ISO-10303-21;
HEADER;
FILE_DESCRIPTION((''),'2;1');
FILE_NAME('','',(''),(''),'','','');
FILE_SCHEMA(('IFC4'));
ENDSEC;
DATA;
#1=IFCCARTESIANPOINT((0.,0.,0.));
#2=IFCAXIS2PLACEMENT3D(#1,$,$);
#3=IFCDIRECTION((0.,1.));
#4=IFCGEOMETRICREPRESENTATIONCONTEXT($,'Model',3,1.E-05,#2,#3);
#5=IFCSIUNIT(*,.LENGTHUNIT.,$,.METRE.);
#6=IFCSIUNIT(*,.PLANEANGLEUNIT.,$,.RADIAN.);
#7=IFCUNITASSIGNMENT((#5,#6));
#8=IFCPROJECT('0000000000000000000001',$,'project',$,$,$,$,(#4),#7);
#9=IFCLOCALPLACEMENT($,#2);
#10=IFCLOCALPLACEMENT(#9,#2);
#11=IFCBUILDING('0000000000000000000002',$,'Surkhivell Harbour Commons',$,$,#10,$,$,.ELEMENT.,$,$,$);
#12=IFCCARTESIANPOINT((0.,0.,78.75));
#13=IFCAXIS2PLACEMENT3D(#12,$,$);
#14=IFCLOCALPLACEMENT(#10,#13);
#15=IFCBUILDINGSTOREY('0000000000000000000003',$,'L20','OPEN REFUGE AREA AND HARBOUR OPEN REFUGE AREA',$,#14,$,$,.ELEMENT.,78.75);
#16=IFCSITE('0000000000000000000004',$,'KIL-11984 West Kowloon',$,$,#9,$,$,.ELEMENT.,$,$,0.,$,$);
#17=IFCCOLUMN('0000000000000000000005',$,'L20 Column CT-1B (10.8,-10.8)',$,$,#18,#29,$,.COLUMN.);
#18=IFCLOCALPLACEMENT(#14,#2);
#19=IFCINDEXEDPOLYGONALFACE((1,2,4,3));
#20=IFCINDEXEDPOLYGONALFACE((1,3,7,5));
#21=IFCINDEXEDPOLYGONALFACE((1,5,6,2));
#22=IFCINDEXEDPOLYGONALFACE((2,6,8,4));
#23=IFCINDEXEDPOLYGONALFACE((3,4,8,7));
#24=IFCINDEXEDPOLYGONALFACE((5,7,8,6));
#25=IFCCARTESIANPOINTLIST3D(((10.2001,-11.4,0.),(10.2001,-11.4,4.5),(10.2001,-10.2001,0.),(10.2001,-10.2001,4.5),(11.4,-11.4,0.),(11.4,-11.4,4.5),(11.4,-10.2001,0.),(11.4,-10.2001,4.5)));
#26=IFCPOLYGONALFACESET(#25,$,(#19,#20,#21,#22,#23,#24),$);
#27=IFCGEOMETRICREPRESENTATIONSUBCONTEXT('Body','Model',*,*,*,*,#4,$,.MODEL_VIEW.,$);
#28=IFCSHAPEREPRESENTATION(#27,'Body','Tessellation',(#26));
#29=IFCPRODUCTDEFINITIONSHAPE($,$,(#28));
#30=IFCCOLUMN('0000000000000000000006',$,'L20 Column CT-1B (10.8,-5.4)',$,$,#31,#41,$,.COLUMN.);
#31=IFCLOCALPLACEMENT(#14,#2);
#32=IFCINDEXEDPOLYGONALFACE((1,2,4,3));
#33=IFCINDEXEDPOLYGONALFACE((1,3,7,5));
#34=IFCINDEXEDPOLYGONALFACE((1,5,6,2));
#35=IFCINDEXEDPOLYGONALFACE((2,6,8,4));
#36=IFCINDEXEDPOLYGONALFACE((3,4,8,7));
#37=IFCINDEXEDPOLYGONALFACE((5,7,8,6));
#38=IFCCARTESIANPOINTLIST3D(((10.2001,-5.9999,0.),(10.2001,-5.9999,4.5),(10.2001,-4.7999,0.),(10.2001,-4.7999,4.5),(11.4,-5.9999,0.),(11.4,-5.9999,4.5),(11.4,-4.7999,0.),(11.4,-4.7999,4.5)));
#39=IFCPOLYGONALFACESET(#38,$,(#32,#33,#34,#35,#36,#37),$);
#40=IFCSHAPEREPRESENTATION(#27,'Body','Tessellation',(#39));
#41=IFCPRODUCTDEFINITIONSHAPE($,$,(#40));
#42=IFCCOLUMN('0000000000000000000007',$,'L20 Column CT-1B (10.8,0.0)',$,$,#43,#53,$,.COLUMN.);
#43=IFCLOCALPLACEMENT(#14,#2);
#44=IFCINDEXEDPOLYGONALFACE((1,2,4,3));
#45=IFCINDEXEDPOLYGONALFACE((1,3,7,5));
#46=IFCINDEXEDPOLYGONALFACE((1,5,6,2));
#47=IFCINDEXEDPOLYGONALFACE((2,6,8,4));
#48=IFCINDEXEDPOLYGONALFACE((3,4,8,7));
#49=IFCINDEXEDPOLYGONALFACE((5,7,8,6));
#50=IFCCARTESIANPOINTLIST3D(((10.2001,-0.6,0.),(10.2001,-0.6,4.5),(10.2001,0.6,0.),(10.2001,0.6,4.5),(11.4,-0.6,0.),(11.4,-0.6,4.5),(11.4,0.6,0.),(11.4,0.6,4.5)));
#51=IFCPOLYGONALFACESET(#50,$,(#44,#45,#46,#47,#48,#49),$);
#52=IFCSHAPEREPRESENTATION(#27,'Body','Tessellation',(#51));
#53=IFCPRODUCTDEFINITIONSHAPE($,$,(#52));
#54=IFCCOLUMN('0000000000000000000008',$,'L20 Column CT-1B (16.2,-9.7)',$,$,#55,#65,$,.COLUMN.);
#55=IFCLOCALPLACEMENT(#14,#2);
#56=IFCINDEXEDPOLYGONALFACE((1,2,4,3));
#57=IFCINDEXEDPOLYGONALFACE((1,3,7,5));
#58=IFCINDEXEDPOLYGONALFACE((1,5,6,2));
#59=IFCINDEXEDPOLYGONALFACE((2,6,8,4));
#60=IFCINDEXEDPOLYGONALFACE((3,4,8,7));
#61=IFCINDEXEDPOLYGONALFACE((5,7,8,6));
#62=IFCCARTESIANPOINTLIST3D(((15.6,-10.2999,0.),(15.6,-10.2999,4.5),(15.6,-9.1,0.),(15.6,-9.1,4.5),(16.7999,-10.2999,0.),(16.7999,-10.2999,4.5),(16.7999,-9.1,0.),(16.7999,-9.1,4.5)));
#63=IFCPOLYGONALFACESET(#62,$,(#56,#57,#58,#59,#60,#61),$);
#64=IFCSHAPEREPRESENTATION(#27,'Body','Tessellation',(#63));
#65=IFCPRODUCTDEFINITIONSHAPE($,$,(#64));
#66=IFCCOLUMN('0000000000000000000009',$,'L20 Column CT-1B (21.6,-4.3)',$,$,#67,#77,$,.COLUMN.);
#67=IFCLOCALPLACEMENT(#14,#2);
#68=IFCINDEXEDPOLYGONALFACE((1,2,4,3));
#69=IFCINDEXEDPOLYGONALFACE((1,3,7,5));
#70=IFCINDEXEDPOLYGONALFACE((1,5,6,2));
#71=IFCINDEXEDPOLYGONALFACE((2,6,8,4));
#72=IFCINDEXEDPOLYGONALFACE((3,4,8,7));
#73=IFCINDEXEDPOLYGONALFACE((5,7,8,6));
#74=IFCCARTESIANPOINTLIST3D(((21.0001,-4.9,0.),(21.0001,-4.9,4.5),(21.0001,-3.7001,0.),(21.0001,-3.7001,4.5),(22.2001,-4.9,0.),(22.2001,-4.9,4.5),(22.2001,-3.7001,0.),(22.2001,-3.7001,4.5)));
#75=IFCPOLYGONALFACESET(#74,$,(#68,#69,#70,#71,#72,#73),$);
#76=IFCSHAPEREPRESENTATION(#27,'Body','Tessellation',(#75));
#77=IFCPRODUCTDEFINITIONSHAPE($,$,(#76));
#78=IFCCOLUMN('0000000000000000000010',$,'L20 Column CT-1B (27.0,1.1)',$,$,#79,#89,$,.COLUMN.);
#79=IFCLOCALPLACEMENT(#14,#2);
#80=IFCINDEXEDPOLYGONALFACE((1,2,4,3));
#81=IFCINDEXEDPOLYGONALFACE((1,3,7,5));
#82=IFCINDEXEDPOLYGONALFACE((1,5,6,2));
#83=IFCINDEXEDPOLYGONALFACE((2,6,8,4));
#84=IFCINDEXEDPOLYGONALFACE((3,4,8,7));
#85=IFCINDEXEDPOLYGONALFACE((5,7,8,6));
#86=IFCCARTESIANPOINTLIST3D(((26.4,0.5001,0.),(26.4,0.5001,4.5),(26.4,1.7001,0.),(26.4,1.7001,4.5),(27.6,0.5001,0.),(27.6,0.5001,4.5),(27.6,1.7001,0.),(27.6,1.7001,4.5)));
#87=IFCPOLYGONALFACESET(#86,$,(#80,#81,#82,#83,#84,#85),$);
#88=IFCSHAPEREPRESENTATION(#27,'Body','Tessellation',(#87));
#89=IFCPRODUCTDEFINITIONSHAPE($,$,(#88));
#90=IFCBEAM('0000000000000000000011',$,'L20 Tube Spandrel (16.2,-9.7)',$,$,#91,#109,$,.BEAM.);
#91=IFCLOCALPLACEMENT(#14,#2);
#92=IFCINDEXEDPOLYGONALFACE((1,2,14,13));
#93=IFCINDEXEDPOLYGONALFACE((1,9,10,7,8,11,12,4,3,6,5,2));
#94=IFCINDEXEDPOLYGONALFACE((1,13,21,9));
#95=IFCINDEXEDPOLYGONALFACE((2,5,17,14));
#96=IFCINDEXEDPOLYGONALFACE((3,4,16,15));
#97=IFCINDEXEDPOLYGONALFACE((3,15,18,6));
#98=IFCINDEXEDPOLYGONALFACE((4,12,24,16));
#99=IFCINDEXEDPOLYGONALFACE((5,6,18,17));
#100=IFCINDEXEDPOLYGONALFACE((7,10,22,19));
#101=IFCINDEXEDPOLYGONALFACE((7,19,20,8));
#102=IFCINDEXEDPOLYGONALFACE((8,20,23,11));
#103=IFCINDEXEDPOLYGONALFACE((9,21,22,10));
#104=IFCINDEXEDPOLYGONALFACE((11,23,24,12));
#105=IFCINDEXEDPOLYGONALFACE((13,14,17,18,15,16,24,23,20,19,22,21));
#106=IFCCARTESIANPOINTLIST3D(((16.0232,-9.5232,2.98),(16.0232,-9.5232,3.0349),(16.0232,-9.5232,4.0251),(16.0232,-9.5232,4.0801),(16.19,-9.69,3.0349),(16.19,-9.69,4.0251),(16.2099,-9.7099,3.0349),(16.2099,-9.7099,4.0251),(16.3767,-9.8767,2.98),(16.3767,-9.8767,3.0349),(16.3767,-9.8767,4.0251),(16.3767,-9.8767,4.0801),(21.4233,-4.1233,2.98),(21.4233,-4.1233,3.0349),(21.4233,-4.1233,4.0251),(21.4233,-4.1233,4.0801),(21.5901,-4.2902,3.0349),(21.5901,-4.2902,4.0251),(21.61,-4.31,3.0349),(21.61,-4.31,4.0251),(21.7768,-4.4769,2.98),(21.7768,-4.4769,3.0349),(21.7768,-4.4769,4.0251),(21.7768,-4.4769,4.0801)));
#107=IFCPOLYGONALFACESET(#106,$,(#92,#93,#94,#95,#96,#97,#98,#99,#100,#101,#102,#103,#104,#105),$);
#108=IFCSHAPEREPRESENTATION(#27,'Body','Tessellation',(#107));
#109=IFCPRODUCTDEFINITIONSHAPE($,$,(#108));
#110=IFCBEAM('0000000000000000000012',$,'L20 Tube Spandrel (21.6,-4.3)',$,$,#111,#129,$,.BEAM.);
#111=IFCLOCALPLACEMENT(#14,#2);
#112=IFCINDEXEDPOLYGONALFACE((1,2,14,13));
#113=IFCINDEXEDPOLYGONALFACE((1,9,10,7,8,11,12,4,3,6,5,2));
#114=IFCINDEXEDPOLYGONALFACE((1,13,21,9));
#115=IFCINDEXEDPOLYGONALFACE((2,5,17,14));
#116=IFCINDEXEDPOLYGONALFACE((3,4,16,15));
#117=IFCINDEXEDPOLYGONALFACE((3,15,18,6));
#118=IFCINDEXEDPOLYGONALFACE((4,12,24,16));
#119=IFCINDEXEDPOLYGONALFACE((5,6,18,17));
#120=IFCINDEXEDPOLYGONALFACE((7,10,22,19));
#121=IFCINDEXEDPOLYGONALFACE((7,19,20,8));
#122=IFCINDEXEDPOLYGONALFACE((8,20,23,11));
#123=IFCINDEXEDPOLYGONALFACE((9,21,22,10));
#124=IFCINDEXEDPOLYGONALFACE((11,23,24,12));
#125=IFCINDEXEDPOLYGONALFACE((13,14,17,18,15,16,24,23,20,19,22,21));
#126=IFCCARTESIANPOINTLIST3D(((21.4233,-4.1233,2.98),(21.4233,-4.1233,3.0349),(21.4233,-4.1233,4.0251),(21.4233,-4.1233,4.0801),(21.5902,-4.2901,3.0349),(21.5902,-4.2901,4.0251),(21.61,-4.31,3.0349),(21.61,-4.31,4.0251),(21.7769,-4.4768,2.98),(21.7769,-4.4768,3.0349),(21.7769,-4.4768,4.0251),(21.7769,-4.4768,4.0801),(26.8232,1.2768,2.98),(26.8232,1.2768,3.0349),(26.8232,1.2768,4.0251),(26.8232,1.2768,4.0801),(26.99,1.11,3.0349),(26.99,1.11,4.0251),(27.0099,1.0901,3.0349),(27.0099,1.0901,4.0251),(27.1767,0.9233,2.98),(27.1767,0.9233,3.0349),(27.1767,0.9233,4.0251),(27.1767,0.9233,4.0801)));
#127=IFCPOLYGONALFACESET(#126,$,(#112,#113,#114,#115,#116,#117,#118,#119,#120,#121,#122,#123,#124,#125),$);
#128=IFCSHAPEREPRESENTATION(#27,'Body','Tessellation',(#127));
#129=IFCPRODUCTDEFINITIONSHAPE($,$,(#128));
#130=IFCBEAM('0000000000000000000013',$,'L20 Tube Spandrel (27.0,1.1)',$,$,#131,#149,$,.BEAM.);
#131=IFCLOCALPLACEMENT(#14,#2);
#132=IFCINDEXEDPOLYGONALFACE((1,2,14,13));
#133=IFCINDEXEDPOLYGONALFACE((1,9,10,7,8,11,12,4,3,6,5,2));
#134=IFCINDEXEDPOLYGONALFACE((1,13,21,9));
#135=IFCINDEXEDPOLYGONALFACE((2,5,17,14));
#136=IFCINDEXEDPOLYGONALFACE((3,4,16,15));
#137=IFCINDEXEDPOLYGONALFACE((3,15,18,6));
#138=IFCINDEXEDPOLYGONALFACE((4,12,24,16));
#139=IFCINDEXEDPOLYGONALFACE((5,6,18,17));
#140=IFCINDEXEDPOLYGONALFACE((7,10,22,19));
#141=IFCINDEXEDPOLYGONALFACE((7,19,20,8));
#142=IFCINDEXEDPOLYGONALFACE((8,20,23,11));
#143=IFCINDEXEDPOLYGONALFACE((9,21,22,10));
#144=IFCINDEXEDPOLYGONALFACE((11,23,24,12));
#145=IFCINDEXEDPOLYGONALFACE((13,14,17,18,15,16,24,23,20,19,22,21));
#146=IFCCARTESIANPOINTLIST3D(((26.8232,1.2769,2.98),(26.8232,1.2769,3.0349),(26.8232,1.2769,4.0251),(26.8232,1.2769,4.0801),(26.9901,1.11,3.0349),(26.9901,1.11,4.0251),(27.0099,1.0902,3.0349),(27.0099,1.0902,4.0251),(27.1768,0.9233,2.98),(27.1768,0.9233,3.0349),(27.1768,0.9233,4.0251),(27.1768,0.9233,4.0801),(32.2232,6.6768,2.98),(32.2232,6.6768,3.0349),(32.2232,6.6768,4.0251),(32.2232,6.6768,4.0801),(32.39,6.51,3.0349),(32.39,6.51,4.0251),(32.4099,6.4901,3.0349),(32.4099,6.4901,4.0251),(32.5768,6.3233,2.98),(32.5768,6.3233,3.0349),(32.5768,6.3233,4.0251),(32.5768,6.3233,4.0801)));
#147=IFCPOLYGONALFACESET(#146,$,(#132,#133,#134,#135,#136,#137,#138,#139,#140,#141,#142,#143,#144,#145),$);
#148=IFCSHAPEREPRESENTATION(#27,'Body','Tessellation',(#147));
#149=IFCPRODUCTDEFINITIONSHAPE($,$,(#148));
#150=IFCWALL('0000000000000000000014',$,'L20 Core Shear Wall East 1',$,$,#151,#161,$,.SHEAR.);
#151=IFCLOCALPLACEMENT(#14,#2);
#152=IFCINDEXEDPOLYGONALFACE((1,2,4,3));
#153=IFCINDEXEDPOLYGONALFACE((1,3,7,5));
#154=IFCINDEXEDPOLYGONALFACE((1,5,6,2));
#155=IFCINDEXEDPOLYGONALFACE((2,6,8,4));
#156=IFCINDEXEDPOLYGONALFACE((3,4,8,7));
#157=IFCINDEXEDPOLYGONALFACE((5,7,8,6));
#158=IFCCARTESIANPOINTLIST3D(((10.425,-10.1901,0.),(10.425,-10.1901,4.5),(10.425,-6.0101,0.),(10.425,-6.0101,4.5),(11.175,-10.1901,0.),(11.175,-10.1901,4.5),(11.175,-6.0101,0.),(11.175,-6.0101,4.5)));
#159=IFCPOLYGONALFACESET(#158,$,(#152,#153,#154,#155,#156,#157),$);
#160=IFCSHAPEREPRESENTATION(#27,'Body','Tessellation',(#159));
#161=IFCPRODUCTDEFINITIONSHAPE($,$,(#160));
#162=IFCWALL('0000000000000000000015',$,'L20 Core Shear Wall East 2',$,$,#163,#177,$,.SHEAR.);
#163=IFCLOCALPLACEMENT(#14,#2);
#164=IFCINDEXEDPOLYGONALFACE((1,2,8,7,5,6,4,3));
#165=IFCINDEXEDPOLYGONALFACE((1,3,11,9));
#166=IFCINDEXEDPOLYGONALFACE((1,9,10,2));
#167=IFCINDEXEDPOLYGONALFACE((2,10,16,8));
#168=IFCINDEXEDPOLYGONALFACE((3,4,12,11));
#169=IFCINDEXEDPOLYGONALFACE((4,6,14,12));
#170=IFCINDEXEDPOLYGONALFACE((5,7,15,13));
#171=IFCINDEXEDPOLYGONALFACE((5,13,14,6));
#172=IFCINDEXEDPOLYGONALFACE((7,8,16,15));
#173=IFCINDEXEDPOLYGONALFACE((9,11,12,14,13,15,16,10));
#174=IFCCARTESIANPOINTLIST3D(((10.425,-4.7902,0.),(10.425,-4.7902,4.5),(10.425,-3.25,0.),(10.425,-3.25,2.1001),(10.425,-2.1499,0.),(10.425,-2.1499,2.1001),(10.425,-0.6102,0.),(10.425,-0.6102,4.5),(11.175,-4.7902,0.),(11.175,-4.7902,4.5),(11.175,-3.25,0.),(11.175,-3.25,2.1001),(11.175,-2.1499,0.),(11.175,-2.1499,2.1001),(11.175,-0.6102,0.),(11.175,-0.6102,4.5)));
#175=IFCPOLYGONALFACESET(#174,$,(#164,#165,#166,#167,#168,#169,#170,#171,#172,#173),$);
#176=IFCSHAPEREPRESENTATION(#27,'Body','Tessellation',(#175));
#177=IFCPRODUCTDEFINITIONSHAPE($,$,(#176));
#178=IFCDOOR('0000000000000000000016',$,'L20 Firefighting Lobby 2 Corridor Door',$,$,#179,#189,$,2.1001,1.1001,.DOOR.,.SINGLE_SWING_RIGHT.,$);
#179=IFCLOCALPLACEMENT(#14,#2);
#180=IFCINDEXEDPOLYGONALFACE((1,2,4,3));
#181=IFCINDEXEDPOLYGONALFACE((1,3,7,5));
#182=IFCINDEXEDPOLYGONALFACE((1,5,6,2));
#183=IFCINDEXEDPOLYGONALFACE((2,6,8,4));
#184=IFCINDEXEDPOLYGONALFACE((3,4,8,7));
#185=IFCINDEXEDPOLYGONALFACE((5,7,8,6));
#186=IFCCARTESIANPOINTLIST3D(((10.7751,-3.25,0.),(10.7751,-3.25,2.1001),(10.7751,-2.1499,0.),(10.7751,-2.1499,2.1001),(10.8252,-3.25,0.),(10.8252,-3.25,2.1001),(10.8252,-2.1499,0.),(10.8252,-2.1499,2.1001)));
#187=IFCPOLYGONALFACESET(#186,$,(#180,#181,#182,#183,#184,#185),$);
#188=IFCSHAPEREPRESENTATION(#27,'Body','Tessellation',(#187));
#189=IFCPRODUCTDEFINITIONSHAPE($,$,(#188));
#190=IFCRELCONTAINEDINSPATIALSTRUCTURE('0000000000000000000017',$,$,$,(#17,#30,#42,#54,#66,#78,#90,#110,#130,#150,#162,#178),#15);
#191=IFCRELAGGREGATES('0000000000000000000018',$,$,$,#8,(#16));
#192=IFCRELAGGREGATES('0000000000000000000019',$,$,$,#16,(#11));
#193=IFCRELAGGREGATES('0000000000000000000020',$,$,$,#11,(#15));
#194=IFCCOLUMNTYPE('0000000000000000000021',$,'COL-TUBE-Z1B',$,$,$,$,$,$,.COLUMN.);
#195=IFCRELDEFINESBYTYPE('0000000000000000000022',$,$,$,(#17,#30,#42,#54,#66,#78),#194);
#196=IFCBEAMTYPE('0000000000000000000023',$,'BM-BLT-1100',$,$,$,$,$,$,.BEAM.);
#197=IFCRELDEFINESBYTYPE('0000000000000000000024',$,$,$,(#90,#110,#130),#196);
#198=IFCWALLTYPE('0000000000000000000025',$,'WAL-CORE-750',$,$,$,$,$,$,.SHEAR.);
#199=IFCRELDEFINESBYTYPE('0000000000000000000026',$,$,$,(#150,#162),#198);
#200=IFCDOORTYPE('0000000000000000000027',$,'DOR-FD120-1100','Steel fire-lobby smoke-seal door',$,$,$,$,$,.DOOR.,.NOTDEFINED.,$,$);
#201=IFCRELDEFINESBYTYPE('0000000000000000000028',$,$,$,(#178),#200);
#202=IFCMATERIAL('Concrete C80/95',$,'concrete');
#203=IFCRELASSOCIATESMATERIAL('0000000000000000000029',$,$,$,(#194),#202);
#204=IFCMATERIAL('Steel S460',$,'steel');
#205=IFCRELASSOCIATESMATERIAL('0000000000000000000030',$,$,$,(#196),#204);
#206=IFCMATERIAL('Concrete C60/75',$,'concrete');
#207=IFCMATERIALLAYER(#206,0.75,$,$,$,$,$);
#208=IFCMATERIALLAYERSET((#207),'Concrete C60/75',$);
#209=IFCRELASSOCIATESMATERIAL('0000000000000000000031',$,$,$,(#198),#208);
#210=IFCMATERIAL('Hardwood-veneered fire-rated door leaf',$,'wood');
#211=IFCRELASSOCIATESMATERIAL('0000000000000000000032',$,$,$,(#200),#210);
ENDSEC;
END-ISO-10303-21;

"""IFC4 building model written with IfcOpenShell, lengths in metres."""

from ifc_helpers import new_model, si_unit, direction, frame, frame_2d, origin, origin_2d, place, context, subcontext, project, spatial, rectangle, i_section, extrude, material, layer, layer_set, material_profile, profile_set, type_object, element, fill, save


model = new_model("IFC4")

# Units and contexts
model_context = context("Model", 3, precision=1e-05, world=origin(), true_north=direction((0.0, 1.0)))
body_context = subcontext(model_context, "Body", "Model", "MODEL_VIEW")
ifc_project = project(units=[si_unit("LENGTHUNIT", "METRE"), si_unit("PLANEANGLEUNIT", "RADIAN")], contexts=[model_context])

# Site, building, storey
site_placement = place(None, origin())
site = spatial("IfcSite", under=ifc_project, at=site_placement, Name="KIL-11984 West Kowloon", CompositionType="ELEMENT", RefElevation=0.0)
building_placement = place(site_placement, origin())
building = spatial("IfcBuilding", under=site, at=building_placement, Name="Surkhivell Harbour Commons", CompositionType="ELEMENT")
storey_placement = place(building_placement, frame((0.0, 0.0, 78.75)))
storey = spatial("IfcBuildingStorey", under=building, at=storey_placement, Name="L20", Description="OPEN REFUGE AREA AND HARBOUR OPEN REFUGE AREA", CompositionType="ELEMENT", Elevation=78.75)

# Columns
ifc_material_1 = material(Name="Concrete C80/95", Category="concrete")
ifc_material_profile_1 = material_profile(ifc_material_1, rectangle(XDim=1.2, YDim=1.2, at=origin_2d()), Name="RC-COL-1200x1200")
ifc_profile_set_1 = profile_set([ifc_material_profile_1], Name="Concrete C80/95")
column_type = type_object("IfcColumnType", Name="COL-TUBE-Z1B", PredefinedType="COLUMN", material=ifc_profile_set_1)
for number, where, z_axis, x_axis, name in (
    (1, (10.8, -10.8, 0.0), (0.0, 0.0, 1.0), (1.0, 0.0, 0.0), "L20 Column CT-1B (10.8,-10.8)"),
    (2, (10.8, -5.3999, 0.0), (0.0, 0.0, 1.0), (1.0, 0.0, 0.0), "L20 Column CT-1B (10.8,-5.4)"),
    (3, (10.8, 0.0, 0.0), (0.0, 0.0, 1.0), (1.0, 0.0, 0.0), "L20 Column CT-1B (10.8,0.0)"),
    (4, (16.2, -9.7, 0.0), (0.0, 0.0, 1.0), (1.0, 0.0, 0.0), "L20 Column CT-1B (16.2,-9.7)"),
    (5, (21.6001, -4.3, 0.0), (0.0, 0.0, 1.0), (1.0, 0.0, 0.0), "L20 Column CT-1B (21.6,-4.3)"),
    (6, (27.0, 1.1001, 0.0), (0.0, 0.0, 1.0), (1.0, 0.0, 0.0), "L20 Column CT-1B (27.0,1.1)"),
):
    element("IfcColumn", number, at=place(storey_placement, frame(where, z_axis=z_axis, x_axis=x_axis)), inside=storey, type_object=column_type, Name=name, PredefinedType="COLUMN", context=body_context, shape_type="SweptSolid", body=[
        extrude(rectangle(XDim=1.2, YDim=1.2, at=origin_2d()), origin(), (0.0, 0.0, 1.0), 4.5),
    ])

# Beams
ifc_material_2 = material(Name="Steel S460", Category="steel")
ifc_material_profile_2 = material_profile(ifc_material_2, i_section(OverallWidth=0.5, OverallDepth=1.1001, WebThickness=0.0281, FlangeThickness=0.0549, at=origin_2d()), Name="WPG1100x500x210")
ifc_profile_set_2 = profile_set([ifc_material_profile_2], Name="Steel S460")
beam_type = type_object("IfcBeamType", Name="BM-BLT-1100", PredefinedType="BEAM", material=ifc_profile_set_2)
for number, where, z_axis, x_axis, name in (
    (7, (16.2, -9.7, 3.53), (0.707123, 0.707091, 0.0), (-0.707091, 0.707123, 0.0), "L20 Tube Spandrel (16.2,-9.7)"),
    (8, (21.6001, -4.3, 3.53), (0.707091, 0.707123, 0.0), (-0.707123, 0.707091, 0.0), "L20 Tube Spandrel (21.6,-4.3)"),
    (9, (27.0, 1.1001, 3.53), (0.707107, 0.707107, 0.0), (-0.707107, 0.707107, 0.0), "L20 Tube Spandrel (27.0,1.1)"),
):
    element("IfcBeam", number, at=place(storey_placement, frame(where, z_axis=z_axis, x_axis=x_axis)), inside=storey, type_object=beam_type, Name=name, PredefinedType="BEAM", context=body_context, shape_type="SweptSolid", body=[
        extrude(i_section(OverallWidth=0.5, OverallDepth=1.1001, WebThickness=0.0281, FlangeThickness=0.0549, at=origin_2d()), origin(), (0.0, 0.0, 1.0), 7.6367),
    ])

# Wall
ifc_material_3 = material(Name="Concrete C60/75", Category="concrete")
ifc_layer_1 = layer(ifc_material_3, 0.75)
ifc_layer_set_1 = layer_set([ifc_layer_1], Name="Concrete C60/75")
wall_type_1 = type_object("IfcWallType", Name="WAL-CORE-750", PredefinedType="SHEAR", material=ifc_layer_set_1)
wall_1_placement = place(storey_placement, frame((10.8, -10.1899, 0.0), z_axis=(0.0, 0.0, 1.0), x_axis=(0.0, 1.0, 0.0)))
element("IfcWall", 10, at=wall_1_placement, inside=storey, type_object=wall_type_1, Name="L20 Core Shear Wall East 1", PredefinedType="SHEAR", context=body_context, shape_type="SweptSolid", body=[
    extrude(rectangle(XDim=4.1799, YDim=0.75, at=frame_2d((2.0898, 0.0))), origin(), (0.0, 0.0, 1.0), 4.5),
])

# Wall, opening, door
wall_2_placement = place(storey_placement, frame((10.8, -4.79, 0.0), z_axis=(0.0, 0.0, 1.0), x_axis=(0.0, 1.0, 0.0)))
wall_2 = element("IfcWall", 11, at=wall_2_placement, inside=storey, type_object=wall_type_1, Name="L20 Core Shear Wall East 2", PredefinedType="SHEAR", context=body_context, shape_type="SweptSolid", body=[
    extrude(rectangle(XDim=4.1799, YDim=0.75, at=frame_2d((2.0898, 0.0))), origin(), (0.0, 0.0, 1.0), 4.5),
])
opening_1_placement = place(wall_2_placement, frame((1.54, 0.0, 0.0)))
opening_1 = element("IfcOpeningElement", 12, at=opening_1_placement, cuts=wall_2, PredefinedType="OPENING", context=body_context, shape_type="SweptSolid", body=[
    extrude(rectangle(XDim=1.1001, YDim=2.1001, at=frame_2d((0.55, 1.05))), frame((0.0, 0.385, 0.0), z_axis=(0.0, -1.0, 0.0), x_axis=(1.0, 0.0, 0.0)), (0.0, 0.0, 1.0), 0.77),
])
ifc_material_4 = material(Name="Hardwood-veneered fire-rated door leaf", Category="wood")
door_type_1 = type_object("IfcDoorType", Name="DOR-FD120-1100", Description="Steel fire-lobby smoke-seal door", OperationType="NOTDEFINED", PredefinedType="DOOR", material=ifc_material_4)
door_1_placement = place(opening_1_placement, origin())
door_1 = element("IfcDoor", 13, at=door_1_placement, inside=storey, type_object=door_type_1, Name="L20 Firefighting Lobby 2 Corridor Door", OperationType="SINGLE_SWING_RIGHT", OverallHeight=2.1001, OverallWidth=1.1001, PredefinedType="DOOR", context=body_context, shape_type="SweptSolid", body=[
    extrude(rectangle(XDim=1.1001, YDim=2.1001, at=frame_2d((0.55, 1.05))), frame((0.0, 0.0249, 0.0), z_axis=(0.0, -1.0, 0.0), x_axis=(1.0, 0.0, 0.0)), (0.0, 0.0, 1.0), 0.05),
])
fill(opening_1, door_1)

save(model, "model.ifc")
